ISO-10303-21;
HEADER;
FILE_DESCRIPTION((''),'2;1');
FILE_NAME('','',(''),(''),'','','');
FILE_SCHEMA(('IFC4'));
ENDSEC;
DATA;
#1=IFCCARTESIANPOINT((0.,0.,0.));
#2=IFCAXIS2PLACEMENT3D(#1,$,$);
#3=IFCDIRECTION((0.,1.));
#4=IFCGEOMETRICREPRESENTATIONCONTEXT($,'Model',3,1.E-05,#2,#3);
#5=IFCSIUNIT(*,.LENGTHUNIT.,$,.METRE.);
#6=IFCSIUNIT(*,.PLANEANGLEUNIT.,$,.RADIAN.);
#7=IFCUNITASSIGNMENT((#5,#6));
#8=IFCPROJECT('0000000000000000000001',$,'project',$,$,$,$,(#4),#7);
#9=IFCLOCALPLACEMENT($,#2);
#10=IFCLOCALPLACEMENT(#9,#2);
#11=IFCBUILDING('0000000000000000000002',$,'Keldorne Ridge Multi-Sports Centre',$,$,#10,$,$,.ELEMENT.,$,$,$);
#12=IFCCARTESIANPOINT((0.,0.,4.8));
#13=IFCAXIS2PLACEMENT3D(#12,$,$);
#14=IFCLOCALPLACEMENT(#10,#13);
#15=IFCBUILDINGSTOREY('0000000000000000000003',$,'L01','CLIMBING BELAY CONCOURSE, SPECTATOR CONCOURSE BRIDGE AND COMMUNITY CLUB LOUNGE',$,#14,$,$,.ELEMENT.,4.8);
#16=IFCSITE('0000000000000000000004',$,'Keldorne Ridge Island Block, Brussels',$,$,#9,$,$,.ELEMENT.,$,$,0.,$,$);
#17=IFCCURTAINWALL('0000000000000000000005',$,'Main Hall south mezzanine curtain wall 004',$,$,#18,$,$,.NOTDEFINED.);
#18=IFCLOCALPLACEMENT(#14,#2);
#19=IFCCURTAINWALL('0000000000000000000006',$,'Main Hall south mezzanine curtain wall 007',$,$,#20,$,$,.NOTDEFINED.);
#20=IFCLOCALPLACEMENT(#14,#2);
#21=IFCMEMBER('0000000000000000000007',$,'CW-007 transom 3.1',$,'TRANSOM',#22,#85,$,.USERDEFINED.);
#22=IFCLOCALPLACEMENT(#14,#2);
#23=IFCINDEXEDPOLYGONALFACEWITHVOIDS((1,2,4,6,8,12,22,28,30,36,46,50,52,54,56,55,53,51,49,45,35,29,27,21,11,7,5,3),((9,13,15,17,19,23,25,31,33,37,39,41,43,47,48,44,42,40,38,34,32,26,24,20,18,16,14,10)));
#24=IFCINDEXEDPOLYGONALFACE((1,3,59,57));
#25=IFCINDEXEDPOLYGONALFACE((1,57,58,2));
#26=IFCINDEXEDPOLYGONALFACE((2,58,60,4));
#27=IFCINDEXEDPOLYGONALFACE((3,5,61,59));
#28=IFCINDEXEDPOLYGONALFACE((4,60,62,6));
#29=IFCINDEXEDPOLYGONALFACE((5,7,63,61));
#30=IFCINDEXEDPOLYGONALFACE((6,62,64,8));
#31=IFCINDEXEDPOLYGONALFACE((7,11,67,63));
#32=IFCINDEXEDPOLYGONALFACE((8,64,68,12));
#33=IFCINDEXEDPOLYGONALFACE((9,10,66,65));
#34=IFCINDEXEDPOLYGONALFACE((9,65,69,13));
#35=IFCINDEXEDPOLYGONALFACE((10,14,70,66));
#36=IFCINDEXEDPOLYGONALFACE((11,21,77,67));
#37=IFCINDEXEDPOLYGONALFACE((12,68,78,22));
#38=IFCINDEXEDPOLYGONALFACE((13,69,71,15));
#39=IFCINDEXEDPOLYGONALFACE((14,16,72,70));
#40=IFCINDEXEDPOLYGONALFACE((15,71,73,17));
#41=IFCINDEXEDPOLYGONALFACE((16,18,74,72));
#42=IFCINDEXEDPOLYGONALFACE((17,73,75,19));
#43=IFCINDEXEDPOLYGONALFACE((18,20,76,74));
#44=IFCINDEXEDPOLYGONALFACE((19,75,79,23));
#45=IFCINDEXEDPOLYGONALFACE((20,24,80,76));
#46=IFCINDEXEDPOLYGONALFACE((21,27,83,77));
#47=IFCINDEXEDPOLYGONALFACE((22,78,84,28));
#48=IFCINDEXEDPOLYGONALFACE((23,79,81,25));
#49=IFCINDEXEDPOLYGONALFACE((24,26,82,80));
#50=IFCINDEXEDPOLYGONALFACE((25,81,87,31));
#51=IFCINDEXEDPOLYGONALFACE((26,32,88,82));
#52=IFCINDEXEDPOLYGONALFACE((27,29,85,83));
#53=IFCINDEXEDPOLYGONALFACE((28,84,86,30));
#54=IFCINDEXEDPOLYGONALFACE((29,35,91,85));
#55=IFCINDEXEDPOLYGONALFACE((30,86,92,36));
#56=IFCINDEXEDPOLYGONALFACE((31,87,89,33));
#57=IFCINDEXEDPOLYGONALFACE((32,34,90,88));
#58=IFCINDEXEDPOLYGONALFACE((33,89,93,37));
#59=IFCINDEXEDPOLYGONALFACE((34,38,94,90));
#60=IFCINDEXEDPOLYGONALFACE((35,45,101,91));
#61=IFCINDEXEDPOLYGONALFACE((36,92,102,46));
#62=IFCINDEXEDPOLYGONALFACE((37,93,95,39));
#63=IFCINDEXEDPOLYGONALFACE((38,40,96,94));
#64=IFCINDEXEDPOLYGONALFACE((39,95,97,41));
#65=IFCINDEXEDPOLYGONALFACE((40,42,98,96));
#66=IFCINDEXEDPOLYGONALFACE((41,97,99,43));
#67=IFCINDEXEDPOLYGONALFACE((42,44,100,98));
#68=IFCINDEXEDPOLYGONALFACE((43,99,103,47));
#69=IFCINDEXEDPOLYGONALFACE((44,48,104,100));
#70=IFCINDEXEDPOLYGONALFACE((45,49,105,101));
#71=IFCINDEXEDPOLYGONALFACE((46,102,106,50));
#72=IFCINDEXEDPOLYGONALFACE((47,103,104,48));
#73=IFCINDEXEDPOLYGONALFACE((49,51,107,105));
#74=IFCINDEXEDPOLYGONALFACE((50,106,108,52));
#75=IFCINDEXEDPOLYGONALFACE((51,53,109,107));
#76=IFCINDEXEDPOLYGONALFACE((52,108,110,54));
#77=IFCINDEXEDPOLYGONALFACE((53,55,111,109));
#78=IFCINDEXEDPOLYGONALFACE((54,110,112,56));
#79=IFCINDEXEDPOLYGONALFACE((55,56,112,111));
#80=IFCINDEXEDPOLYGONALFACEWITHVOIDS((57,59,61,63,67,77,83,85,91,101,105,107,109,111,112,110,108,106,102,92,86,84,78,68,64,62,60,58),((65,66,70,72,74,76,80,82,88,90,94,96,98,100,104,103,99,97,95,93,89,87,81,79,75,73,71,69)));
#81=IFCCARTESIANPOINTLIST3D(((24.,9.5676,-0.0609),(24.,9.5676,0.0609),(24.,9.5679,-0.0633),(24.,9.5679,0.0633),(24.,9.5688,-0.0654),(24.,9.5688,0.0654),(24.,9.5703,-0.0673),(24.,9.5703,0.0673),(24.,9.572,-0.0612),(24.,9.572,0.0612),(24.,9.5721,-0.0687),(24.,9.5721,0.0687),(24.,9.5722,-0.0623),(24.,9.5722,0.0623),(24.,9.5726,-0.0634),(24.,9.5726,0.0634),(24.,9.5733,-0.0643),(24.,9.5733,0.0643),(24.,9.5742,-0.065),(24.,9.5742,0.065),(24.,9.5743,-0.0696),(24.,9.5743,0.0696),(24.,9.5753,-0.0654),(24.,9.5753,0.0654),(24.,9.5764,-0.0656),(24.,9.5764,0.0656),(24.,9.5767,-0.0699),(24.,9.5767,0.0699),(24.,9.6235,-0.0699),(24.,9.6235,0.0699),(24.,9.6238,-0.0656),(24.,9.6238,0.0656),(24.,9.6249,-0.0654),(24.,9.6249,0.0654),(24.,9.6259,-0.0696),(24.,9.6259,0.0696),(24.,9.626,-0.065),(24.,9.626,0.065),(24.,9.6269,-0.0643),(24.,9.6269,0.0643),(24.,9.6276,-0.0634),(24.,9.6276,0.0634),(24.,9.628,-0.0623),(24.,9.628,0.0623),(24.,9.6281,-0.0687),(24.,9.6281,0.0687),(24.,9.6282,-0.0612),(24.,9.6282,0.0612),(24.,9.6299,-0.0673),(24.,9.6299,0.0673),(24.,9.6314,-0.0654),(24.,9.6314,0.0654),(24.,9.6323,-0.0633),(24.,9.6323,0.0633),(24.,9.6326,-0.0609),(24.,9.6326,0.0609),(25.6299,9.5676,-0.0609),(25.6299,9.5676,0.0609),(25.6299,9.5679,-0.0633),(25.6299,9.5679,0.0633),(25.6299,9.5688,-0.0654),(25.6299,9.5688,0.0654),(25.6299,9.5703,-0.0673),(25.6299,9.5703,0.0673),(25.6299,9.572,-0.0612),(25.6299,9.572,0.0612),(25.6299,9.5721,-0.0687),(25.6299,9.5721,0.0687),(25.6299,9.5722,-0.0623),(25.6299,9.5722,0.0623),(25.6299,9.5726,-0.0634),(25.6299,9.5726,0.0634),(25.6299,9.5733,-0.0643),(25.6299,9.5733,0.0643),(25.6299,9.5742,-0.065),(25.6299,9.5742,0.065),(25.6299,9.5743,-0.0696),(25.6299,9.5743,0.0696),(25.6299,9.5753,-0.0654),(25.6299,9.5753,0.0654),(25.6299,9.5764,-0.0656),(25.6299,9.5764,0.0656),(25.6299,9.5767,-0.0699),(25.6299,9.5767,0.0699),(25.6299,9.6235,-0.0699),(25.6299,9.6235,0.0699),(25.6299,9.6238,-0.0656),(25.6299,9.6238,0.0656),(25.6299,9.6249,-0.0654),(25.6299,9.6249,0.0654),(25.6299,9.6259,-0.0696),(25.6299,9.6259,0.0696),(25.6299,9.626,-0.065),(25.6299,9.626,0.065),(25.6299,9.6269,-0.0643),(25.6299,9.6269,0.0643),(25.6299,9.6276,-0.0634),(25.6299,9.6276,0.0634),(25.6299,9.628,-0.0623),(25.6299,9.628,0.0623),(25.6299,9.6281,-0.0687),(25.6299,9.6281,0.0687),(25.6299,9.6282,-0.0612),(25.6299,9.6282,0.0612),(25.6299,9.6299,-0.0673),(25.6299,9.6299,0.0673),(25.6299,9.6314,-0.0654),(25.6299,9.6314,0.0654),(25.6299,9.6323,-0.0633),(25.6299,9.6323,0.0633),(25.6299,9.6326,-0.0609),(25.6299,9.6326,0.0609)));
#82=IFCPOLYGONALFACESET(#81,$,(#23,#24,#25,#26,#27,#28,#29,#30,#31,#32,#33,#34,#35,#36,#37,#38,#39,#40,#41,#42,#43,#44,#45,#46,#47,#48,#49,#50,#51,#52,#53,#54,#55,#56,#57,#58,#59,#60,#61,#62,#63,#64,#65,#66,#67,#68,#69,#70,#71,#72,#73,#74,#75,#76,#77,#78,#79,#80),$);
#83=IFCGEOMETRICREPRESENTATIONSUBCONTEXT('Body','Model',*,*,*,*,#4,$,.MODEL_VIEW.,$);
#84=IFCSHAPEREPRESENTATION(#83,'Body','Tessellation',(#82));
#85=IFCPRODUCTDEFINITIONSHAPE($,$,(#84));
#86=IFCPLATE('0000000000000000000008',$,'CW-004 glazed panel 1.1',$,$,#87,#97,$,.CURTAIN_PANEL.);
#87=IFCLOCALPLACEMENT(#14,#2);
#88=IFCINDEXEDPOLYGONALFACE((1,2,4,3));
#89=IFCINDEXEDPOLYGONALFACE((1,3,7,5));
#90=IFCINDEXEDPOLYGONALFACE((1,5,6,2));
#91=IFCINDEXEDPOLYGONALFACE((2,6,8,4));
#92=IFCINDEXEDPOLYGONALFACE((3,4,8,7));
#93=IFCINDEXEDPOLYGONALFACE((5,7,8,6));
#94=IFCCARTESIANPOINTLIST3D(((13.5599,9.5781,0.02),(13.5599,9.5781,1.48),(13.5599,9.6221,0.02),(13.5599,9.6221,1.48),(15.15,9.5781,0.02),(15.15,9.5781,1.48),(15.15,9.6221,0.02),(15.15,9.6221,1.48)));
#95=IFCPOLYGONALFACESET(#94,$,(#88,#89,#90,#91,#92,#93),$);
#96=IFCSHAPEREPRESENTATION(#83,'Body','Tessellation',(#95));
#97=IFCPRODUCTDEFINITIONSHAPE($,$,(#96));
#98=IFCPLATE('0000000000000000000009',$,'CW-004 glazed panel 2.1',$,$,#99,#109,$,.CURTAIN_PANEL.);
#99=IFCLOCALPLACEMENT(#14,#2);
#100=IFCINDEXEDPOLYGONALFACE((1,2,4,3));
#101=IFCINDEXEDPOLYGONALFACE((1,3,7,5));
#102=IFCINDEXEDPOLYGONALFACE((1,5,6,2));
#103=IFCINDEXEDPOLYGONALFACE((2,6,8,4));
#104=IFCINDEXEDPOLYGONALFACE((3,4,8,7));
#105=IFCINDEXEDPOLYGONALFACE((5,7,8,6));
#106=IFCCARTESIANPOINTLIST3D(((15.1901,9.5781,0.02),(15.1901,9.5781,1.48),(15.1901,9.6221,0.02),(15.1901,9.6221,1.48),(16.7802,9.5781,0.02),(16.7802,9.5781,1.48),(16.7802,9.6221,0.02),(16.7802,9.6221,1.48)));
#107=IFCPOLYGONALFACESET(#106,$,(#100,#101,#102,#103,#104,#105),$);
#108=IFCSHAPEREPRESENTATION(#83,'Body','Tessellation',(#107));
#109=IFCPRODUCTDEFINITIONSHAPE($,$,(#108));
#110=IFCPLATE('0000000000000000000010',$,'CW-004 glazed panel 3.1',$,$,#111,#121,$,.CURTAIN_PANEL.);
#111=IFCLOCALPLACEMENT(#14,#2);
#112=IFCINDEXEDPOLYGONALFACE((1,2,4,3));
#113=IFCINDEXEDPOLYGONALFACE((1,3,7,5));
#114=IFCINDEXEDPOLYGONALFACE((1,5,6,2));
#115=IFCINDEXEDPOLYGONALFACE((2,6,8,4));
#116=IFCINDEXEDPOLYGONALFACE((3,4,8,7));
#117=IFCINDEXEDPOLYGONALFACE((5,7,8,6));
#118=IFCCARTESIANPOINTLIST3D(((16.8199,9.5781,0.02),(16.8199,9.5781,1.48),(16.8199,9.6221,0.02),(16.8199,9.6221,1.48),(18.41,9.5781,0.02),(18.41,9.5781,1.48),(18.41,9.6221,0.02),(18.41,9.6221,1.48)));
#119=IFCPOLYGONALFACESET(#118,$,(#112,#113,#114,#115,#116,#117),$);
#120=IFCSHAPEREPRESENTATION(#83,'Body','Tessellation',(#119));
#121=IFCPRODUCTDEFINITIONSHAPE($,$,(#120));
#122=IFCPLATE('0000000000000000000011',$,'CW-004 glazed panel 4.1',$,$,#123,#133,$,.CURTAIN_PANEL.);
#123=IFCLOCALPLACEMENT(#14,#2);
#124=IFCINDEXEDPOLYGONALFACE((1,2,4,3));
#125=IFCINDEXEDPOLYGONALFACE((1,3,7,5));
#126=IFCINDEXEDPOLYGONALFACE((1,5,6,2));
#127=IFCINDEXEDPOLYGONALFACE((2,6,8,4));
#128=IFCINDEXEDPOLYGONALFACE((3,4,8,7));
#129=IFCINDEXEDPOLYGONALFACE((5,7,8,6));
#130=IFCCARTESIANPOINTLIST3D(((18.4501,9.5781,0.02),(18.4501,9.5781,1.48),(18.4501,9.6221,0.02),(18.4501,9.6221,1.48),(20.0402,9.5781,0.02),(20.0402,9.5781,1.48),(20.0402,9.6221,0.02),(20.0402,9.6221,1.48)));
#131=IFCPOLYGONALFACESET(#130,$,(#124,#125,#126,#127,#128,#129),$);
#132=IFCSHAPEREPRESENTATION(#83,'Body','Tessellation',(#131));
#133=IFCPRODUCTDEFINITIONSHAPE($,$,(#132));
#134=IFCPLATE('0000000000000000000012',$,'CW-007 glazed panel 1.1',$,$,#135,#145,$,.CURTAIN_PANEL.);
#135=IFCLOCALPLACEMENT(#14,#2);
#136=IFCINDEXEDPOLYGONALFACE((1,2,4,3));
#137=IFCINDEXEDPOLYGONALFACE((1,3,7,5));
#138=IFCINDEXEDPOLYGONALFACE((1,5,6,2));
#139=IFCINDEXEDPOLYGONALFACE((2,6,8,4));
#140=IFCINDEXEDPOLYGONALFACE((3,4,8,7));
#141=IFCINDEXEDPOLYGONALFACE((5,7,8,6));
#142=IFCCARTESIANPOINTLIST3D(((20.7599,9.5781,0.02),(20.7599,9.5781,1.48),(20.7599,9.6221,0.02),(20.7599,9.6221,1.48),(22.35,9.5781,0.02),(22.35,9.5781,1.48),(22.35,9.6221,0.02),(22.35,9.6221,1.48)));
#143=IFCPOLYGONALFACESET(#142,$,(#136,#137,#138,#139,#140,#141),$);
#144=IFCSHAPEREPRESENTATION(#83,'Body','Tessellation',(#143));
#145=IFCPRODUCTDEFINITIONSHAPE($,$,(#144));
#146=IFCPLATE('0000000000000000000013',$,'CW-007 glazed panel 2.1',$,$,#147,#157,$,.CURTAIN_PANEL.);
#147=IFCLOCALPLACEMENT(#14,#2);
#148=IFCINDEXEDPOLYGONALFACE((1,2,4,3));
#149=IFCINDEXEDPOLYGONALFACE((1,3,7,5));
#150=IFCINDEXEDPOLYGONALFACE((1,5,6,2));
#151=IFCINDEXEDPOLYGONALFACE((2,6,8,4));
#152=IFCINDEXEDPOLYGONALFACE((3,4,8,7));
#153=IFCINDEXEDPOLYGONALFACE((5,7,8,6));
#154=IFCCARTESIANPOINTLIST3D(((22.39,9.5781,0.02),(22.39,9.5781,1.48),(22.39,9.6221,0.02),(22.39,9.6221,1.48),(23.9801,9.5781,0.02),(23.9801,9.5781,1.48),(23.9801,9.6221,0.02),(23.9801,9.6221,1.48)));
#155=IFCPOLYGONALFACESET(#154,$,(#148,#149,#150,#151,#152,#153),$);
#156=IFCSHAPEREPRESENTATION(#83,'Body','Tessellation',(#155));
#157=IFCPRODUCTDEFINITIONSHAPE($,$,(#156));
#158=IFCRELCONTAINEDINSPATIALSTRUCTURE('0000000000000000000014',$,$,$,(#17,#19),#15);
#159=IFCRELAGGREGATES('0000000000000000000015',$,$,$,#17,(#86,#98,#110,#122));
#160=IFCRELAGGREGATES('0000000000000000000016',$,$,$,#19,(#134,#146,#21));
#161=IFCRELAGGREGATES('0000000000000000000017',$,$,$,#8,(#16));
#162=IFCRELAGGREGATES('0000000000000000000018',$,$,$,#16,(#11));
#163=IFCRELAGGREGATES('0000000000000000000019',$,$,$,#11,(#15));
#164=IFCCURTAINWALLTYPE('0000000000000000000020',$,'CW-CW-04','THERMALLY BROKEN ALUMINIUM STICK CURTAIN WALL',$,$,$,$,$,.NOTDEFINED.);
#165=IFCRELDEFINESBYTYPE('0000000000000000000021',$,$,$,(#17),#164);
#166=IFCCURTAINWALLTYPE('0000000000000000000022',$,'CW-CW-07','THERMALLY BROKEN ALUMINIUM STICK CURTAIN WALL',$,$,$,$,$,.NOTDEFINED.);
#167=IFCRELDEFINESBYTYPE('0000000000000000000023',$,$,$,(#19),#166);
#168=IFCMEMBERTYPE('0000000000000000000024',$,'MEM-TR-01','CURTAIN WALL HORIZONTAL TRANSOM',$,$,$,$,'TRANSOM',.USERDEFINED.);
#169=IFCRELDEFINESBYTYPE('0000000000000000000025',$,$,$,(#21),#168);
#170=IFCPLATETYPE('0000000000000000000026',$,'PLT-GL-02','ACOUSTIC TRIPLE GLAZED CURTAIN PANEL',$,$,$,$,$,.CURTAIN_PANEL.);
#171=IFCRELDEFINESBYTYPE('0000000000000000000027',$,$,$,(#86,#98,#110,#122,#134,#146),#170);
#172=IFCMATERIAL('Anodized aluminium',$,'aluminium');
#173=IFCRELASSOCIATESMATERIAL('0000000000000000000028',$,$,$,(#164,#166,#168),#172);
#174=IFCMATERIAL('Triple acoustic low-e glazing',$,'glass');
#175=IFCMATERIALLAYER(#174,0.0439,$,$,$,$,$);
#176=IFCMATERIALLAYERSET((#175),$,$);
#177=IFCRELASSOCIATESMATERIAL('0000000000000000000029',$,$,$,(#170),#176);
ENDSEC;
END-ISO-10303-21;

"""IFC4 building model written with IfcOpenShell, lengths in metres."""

from ifc_helpers import new_model, si_unit, direction, frame, origin, origin_2d, place, context, subcontext, project, spatial, rectangle, hollow_rectangle, extrude, material, layer, layer_set, material_profile, profile_set, type_object, element, aggregate, save


model = new_model("IFC4")

# Units and contexts
model_context = context("Model", 3, precision=1e-05, world=origin(), true_north=direction((0.0, 1.0)))
body_context = subcontext(model_context, "Body", "Model", "MODEL_VIEW")
ifc_project = project(units=[si_unit("LENGTHUNIT", "METRE"), si_unit("PLANEANGLEUNIT", "RADIAN")], contexts=[model_context])

# Site, building, storey
site_placement = place(None, origin())
site = spatial("IfcSite", under=ifc_project, at=site_placement, Name="Keldorne Ridge Island Block, Brussels", CompositionType="ELEMENT", RefElevation=0.0)
building_placement = place(site_placement, origin())
building = spatial("IfcBuilding", under=site, at=building_placement, Name="Keldorne Ridge Multi-Sports Centre", CompositionType="ELEMENT")
storey_placement = place(building_placement, frame((0.0, 0.0, 4.8)))
storey = spatial("IfcBuildingStorey", under=building, at=storey_placement, Name="L01", Description="CLIMBING BELAY CONCOURSE, SPECTATOR CONCOURSE BRIDGE AND COMMUNITY CLUB LOUNGE", CompositionType="ELEMENT", Elevation=4.8)

# Curtain walls
ifc_material_1 = material(Name="Anodized aluminium", Category="aluminium")
curtain_wall_type_1 = type_object("IfcCurtainWallType", Name="CW-CW-04", Description="THERMALLY BROKEN ALUMINIUM STICK CURTAIN WALL", PredefinedType="NOTDEFINED", material=ifc_material_1)
curtain_wall_1_placement = place(storey_placement, origin())
curtain_wall_1 = element("IfcCurtainWall", 1, at=curtain_wall_1_placement, inside=storey, type_object=curtain_wall_type_1, Name="Main Hall south mezzanine curtain wall 004", PredefinedType="NOTDEFINED")
curtain_wall_type_2 = type_object("IfcCurtainWallType", Name="CW-CW-07", Description="THERMALLY BROKEN ALUMINIUM STICK CURTAIN WALL", PredefinedType="NOTDEFINED", material=ifc_material_1)
curtain_wall_2_placement = place(storey_placement, origin())
curtain_wall_2 = element("IfcCurtainWall", 2, at=curtain_wall_2_placement, inside=storey, type_object=curtain_wall_type_2, Name="Main Hall south mezzanine curtain wall 007", PredefinedType="NOTDEFINED")

# Member
ifc_material_profile_1 = material_profile(ifc_material_1, hollow_rectangle(XDim=0.0649, YDim=0.1399, WallThickness=0.0044, InnerFilletRadius=0.0044, OuterFilletRadius=0.009, at=origin_2d()), Name="ALU TRANSOM 140x65x4.5")
ifc_profile_set_1 = profile_set([ifc_material_profile_1], Name="Anodized aluminium")
member_type_1 = type_object("IfcMemberType", Name="MEM-TR-01", Description="CURTAIN WALL HORIZONTAL TRANSOM", ElementType="TRANSOM", PredefinedType="USERDEFINED", material=ifc_profile_set_1)
member_1_placement = place(storey_placement, frame((24.0, 9.6001, 0.0), z_axis=(1.0, 0.0, 0.0), x_axis=(0.0, 1.0, 0.0)))
member_1 = element("IfcMember", 3, at=member_1_placement, type_object=member_type_1, Name="CW-007 transom 3.1", ObjectType="TRANSOM", PredefinedType="USERDEFINED", context=body_context, shape_type="SweptSolid", body=[
    extrude(hollow_rectangle(XDim=0.0649, YDim=0.1399, WallThickness=0.0044, InnerFilletRadius=0.0044, OuterFilletRadius=0.009, at=origin_2d()), origin(), (0.0, 0.0, 1.0), 1.6299),
])

# Plates
ifc_material_2 = material(Name="Triple acoustic low-e glazing", Category="glass")
ifc_layer = layer(ifc_material_2, 0.0439)
ifc_layer_set = layer_set([ifc_layer])
plate_type = type_object("IfcPlateType", Name="PLT-GL-02", Description="ACOUSTIC TRIPLE GLAZED CURTAIN PANEL", PredefinedType="CURTAIN_PANEL", material=ifc_layer_set)
plate_1_placement = place(storey_placement, frame((14.355, 9.6001, 0.02), z_axis=(0.0, 0.0, 1.0), x_axis=(1.0, 0.0, 0.0)))
plate_1 = element("IfcPlate", 4, at=plate_1_placement, type_object=plate_type, Name="CW-004 glazed panel 1.1", PredefinedType="CURTAIN_PANEL", context=body_context, shape_type="SweptSolid", body=[
    extrude(rectangle(XDim=1.5901, YDim=0.0439, at=origin_2d()), origin(), (0.0, 0.0, 1.0), 1.46),
])
plate_2_placement = place(storey_placement, frame((15.9851, 9.6001, 0.02), z_axis=(0.0, 0.0, 1.0), x_axis=(1.0, 0.0, 0.0)))
plate_2 = element("IfcPlate", 5, at=plate_2_placement, type_object=plate_type, Name="CW-004 glazed panel 2.1", PredefinedType="CURTAIN_PANEL", context=body_context, shape_type="SweptSolid", body=[
    extrude(rectangle(XDim=1.5901, YDim=0.0439, at=origin_2d()), origin(), (0.0, 0.0, 1.0), 1.46),
])
plate_3_placement = place(storey_placement, frame((17.615, 9.6001, 0.02), z_axis=(0.0, 0.0, 1.0), x_axis=(1.0, 0.0, 0.0)))
plate_3 = element("IfcPlate", 6, at=plate_3_placement, type_object=plate_type, Name="CW-004 glazed panel 3.1", PredefinedType="CURTAIN_PANEL", context=body_context, shape_type="SweptSolid", body=[
    extrude(rectangle(XDim=1.5901, YDim=0.0439, at=origin_2d()), origin(), (0.0, 0.0, 1.0), 1.46),
])
plate_4_placement = place(storey_placement, frame((19.2451, 9.6001, 0.02), z_axis=(0.0, 0.0, 1.0), x_axis=(1.0, 0.0, 0.0)))
plate_4 = element("IfcPlate", 7, at=plate_4_placement, type_object=plate_type, Name="CW-004 glazed panel 4.1", PredefinedType="CURTAIN_PANEL", context=body_context, shape_type="SweptSolid", body=[
    extrude(rectangle(XDim=1.5901, YDim=0.0439, at=origin_2d()), origin(), (0.0, 0.0, 1.0), 1.46),
])
aggregate(curtain_wall_1, [plate_1, plate_2, plate_3, plate_4])
plate_5_placement = place(storey_placement, frame((21.5549, 9.6001, 0.02), z_axis=(0.0, 0.0, 1.0), x_axis=(1.0, 0.0, 0.0)))
plate_5 = element("IfcPlate", 8, at=plate_5_placement, type_object=plate_type, Name="CW-007 glazed panel 1.1", PredefinedType="CURTAIN_PANEL", context=body_context, shape_type="SweptSolid", body=[
    extrude(rectangle(XDim=1.5901, YDim=0.0439, at=origin_2d()), origin(), (0.0, 0.0, 1.0), 1.46),
])
plate_6_placement = place(storey_placement, frame((23.1851, 9.6001, 0.02), z_axis=(0.0, 0.0, 1.0), x_axis=(1.0, 0.0, 0.0)))
plate_6 = element("IfcPlate", 9, at=plate_6_placement, type_object=plate_type, Name="CW-007 glazed panel 2.1", PredefinedType="CURTAIN_PANEL", context=body_context, shape_type="SweptSolid", body=[
    extrude(rectangle(XDim=1.5901, YDim=0.0439, at=origin_2d()), origin(), (0.0, 0.0, 1.0), 1.46),
])
aggregate(curtain_wall_2, [plate_5, plate_6, member_1])

save(model, "model.ifc")
